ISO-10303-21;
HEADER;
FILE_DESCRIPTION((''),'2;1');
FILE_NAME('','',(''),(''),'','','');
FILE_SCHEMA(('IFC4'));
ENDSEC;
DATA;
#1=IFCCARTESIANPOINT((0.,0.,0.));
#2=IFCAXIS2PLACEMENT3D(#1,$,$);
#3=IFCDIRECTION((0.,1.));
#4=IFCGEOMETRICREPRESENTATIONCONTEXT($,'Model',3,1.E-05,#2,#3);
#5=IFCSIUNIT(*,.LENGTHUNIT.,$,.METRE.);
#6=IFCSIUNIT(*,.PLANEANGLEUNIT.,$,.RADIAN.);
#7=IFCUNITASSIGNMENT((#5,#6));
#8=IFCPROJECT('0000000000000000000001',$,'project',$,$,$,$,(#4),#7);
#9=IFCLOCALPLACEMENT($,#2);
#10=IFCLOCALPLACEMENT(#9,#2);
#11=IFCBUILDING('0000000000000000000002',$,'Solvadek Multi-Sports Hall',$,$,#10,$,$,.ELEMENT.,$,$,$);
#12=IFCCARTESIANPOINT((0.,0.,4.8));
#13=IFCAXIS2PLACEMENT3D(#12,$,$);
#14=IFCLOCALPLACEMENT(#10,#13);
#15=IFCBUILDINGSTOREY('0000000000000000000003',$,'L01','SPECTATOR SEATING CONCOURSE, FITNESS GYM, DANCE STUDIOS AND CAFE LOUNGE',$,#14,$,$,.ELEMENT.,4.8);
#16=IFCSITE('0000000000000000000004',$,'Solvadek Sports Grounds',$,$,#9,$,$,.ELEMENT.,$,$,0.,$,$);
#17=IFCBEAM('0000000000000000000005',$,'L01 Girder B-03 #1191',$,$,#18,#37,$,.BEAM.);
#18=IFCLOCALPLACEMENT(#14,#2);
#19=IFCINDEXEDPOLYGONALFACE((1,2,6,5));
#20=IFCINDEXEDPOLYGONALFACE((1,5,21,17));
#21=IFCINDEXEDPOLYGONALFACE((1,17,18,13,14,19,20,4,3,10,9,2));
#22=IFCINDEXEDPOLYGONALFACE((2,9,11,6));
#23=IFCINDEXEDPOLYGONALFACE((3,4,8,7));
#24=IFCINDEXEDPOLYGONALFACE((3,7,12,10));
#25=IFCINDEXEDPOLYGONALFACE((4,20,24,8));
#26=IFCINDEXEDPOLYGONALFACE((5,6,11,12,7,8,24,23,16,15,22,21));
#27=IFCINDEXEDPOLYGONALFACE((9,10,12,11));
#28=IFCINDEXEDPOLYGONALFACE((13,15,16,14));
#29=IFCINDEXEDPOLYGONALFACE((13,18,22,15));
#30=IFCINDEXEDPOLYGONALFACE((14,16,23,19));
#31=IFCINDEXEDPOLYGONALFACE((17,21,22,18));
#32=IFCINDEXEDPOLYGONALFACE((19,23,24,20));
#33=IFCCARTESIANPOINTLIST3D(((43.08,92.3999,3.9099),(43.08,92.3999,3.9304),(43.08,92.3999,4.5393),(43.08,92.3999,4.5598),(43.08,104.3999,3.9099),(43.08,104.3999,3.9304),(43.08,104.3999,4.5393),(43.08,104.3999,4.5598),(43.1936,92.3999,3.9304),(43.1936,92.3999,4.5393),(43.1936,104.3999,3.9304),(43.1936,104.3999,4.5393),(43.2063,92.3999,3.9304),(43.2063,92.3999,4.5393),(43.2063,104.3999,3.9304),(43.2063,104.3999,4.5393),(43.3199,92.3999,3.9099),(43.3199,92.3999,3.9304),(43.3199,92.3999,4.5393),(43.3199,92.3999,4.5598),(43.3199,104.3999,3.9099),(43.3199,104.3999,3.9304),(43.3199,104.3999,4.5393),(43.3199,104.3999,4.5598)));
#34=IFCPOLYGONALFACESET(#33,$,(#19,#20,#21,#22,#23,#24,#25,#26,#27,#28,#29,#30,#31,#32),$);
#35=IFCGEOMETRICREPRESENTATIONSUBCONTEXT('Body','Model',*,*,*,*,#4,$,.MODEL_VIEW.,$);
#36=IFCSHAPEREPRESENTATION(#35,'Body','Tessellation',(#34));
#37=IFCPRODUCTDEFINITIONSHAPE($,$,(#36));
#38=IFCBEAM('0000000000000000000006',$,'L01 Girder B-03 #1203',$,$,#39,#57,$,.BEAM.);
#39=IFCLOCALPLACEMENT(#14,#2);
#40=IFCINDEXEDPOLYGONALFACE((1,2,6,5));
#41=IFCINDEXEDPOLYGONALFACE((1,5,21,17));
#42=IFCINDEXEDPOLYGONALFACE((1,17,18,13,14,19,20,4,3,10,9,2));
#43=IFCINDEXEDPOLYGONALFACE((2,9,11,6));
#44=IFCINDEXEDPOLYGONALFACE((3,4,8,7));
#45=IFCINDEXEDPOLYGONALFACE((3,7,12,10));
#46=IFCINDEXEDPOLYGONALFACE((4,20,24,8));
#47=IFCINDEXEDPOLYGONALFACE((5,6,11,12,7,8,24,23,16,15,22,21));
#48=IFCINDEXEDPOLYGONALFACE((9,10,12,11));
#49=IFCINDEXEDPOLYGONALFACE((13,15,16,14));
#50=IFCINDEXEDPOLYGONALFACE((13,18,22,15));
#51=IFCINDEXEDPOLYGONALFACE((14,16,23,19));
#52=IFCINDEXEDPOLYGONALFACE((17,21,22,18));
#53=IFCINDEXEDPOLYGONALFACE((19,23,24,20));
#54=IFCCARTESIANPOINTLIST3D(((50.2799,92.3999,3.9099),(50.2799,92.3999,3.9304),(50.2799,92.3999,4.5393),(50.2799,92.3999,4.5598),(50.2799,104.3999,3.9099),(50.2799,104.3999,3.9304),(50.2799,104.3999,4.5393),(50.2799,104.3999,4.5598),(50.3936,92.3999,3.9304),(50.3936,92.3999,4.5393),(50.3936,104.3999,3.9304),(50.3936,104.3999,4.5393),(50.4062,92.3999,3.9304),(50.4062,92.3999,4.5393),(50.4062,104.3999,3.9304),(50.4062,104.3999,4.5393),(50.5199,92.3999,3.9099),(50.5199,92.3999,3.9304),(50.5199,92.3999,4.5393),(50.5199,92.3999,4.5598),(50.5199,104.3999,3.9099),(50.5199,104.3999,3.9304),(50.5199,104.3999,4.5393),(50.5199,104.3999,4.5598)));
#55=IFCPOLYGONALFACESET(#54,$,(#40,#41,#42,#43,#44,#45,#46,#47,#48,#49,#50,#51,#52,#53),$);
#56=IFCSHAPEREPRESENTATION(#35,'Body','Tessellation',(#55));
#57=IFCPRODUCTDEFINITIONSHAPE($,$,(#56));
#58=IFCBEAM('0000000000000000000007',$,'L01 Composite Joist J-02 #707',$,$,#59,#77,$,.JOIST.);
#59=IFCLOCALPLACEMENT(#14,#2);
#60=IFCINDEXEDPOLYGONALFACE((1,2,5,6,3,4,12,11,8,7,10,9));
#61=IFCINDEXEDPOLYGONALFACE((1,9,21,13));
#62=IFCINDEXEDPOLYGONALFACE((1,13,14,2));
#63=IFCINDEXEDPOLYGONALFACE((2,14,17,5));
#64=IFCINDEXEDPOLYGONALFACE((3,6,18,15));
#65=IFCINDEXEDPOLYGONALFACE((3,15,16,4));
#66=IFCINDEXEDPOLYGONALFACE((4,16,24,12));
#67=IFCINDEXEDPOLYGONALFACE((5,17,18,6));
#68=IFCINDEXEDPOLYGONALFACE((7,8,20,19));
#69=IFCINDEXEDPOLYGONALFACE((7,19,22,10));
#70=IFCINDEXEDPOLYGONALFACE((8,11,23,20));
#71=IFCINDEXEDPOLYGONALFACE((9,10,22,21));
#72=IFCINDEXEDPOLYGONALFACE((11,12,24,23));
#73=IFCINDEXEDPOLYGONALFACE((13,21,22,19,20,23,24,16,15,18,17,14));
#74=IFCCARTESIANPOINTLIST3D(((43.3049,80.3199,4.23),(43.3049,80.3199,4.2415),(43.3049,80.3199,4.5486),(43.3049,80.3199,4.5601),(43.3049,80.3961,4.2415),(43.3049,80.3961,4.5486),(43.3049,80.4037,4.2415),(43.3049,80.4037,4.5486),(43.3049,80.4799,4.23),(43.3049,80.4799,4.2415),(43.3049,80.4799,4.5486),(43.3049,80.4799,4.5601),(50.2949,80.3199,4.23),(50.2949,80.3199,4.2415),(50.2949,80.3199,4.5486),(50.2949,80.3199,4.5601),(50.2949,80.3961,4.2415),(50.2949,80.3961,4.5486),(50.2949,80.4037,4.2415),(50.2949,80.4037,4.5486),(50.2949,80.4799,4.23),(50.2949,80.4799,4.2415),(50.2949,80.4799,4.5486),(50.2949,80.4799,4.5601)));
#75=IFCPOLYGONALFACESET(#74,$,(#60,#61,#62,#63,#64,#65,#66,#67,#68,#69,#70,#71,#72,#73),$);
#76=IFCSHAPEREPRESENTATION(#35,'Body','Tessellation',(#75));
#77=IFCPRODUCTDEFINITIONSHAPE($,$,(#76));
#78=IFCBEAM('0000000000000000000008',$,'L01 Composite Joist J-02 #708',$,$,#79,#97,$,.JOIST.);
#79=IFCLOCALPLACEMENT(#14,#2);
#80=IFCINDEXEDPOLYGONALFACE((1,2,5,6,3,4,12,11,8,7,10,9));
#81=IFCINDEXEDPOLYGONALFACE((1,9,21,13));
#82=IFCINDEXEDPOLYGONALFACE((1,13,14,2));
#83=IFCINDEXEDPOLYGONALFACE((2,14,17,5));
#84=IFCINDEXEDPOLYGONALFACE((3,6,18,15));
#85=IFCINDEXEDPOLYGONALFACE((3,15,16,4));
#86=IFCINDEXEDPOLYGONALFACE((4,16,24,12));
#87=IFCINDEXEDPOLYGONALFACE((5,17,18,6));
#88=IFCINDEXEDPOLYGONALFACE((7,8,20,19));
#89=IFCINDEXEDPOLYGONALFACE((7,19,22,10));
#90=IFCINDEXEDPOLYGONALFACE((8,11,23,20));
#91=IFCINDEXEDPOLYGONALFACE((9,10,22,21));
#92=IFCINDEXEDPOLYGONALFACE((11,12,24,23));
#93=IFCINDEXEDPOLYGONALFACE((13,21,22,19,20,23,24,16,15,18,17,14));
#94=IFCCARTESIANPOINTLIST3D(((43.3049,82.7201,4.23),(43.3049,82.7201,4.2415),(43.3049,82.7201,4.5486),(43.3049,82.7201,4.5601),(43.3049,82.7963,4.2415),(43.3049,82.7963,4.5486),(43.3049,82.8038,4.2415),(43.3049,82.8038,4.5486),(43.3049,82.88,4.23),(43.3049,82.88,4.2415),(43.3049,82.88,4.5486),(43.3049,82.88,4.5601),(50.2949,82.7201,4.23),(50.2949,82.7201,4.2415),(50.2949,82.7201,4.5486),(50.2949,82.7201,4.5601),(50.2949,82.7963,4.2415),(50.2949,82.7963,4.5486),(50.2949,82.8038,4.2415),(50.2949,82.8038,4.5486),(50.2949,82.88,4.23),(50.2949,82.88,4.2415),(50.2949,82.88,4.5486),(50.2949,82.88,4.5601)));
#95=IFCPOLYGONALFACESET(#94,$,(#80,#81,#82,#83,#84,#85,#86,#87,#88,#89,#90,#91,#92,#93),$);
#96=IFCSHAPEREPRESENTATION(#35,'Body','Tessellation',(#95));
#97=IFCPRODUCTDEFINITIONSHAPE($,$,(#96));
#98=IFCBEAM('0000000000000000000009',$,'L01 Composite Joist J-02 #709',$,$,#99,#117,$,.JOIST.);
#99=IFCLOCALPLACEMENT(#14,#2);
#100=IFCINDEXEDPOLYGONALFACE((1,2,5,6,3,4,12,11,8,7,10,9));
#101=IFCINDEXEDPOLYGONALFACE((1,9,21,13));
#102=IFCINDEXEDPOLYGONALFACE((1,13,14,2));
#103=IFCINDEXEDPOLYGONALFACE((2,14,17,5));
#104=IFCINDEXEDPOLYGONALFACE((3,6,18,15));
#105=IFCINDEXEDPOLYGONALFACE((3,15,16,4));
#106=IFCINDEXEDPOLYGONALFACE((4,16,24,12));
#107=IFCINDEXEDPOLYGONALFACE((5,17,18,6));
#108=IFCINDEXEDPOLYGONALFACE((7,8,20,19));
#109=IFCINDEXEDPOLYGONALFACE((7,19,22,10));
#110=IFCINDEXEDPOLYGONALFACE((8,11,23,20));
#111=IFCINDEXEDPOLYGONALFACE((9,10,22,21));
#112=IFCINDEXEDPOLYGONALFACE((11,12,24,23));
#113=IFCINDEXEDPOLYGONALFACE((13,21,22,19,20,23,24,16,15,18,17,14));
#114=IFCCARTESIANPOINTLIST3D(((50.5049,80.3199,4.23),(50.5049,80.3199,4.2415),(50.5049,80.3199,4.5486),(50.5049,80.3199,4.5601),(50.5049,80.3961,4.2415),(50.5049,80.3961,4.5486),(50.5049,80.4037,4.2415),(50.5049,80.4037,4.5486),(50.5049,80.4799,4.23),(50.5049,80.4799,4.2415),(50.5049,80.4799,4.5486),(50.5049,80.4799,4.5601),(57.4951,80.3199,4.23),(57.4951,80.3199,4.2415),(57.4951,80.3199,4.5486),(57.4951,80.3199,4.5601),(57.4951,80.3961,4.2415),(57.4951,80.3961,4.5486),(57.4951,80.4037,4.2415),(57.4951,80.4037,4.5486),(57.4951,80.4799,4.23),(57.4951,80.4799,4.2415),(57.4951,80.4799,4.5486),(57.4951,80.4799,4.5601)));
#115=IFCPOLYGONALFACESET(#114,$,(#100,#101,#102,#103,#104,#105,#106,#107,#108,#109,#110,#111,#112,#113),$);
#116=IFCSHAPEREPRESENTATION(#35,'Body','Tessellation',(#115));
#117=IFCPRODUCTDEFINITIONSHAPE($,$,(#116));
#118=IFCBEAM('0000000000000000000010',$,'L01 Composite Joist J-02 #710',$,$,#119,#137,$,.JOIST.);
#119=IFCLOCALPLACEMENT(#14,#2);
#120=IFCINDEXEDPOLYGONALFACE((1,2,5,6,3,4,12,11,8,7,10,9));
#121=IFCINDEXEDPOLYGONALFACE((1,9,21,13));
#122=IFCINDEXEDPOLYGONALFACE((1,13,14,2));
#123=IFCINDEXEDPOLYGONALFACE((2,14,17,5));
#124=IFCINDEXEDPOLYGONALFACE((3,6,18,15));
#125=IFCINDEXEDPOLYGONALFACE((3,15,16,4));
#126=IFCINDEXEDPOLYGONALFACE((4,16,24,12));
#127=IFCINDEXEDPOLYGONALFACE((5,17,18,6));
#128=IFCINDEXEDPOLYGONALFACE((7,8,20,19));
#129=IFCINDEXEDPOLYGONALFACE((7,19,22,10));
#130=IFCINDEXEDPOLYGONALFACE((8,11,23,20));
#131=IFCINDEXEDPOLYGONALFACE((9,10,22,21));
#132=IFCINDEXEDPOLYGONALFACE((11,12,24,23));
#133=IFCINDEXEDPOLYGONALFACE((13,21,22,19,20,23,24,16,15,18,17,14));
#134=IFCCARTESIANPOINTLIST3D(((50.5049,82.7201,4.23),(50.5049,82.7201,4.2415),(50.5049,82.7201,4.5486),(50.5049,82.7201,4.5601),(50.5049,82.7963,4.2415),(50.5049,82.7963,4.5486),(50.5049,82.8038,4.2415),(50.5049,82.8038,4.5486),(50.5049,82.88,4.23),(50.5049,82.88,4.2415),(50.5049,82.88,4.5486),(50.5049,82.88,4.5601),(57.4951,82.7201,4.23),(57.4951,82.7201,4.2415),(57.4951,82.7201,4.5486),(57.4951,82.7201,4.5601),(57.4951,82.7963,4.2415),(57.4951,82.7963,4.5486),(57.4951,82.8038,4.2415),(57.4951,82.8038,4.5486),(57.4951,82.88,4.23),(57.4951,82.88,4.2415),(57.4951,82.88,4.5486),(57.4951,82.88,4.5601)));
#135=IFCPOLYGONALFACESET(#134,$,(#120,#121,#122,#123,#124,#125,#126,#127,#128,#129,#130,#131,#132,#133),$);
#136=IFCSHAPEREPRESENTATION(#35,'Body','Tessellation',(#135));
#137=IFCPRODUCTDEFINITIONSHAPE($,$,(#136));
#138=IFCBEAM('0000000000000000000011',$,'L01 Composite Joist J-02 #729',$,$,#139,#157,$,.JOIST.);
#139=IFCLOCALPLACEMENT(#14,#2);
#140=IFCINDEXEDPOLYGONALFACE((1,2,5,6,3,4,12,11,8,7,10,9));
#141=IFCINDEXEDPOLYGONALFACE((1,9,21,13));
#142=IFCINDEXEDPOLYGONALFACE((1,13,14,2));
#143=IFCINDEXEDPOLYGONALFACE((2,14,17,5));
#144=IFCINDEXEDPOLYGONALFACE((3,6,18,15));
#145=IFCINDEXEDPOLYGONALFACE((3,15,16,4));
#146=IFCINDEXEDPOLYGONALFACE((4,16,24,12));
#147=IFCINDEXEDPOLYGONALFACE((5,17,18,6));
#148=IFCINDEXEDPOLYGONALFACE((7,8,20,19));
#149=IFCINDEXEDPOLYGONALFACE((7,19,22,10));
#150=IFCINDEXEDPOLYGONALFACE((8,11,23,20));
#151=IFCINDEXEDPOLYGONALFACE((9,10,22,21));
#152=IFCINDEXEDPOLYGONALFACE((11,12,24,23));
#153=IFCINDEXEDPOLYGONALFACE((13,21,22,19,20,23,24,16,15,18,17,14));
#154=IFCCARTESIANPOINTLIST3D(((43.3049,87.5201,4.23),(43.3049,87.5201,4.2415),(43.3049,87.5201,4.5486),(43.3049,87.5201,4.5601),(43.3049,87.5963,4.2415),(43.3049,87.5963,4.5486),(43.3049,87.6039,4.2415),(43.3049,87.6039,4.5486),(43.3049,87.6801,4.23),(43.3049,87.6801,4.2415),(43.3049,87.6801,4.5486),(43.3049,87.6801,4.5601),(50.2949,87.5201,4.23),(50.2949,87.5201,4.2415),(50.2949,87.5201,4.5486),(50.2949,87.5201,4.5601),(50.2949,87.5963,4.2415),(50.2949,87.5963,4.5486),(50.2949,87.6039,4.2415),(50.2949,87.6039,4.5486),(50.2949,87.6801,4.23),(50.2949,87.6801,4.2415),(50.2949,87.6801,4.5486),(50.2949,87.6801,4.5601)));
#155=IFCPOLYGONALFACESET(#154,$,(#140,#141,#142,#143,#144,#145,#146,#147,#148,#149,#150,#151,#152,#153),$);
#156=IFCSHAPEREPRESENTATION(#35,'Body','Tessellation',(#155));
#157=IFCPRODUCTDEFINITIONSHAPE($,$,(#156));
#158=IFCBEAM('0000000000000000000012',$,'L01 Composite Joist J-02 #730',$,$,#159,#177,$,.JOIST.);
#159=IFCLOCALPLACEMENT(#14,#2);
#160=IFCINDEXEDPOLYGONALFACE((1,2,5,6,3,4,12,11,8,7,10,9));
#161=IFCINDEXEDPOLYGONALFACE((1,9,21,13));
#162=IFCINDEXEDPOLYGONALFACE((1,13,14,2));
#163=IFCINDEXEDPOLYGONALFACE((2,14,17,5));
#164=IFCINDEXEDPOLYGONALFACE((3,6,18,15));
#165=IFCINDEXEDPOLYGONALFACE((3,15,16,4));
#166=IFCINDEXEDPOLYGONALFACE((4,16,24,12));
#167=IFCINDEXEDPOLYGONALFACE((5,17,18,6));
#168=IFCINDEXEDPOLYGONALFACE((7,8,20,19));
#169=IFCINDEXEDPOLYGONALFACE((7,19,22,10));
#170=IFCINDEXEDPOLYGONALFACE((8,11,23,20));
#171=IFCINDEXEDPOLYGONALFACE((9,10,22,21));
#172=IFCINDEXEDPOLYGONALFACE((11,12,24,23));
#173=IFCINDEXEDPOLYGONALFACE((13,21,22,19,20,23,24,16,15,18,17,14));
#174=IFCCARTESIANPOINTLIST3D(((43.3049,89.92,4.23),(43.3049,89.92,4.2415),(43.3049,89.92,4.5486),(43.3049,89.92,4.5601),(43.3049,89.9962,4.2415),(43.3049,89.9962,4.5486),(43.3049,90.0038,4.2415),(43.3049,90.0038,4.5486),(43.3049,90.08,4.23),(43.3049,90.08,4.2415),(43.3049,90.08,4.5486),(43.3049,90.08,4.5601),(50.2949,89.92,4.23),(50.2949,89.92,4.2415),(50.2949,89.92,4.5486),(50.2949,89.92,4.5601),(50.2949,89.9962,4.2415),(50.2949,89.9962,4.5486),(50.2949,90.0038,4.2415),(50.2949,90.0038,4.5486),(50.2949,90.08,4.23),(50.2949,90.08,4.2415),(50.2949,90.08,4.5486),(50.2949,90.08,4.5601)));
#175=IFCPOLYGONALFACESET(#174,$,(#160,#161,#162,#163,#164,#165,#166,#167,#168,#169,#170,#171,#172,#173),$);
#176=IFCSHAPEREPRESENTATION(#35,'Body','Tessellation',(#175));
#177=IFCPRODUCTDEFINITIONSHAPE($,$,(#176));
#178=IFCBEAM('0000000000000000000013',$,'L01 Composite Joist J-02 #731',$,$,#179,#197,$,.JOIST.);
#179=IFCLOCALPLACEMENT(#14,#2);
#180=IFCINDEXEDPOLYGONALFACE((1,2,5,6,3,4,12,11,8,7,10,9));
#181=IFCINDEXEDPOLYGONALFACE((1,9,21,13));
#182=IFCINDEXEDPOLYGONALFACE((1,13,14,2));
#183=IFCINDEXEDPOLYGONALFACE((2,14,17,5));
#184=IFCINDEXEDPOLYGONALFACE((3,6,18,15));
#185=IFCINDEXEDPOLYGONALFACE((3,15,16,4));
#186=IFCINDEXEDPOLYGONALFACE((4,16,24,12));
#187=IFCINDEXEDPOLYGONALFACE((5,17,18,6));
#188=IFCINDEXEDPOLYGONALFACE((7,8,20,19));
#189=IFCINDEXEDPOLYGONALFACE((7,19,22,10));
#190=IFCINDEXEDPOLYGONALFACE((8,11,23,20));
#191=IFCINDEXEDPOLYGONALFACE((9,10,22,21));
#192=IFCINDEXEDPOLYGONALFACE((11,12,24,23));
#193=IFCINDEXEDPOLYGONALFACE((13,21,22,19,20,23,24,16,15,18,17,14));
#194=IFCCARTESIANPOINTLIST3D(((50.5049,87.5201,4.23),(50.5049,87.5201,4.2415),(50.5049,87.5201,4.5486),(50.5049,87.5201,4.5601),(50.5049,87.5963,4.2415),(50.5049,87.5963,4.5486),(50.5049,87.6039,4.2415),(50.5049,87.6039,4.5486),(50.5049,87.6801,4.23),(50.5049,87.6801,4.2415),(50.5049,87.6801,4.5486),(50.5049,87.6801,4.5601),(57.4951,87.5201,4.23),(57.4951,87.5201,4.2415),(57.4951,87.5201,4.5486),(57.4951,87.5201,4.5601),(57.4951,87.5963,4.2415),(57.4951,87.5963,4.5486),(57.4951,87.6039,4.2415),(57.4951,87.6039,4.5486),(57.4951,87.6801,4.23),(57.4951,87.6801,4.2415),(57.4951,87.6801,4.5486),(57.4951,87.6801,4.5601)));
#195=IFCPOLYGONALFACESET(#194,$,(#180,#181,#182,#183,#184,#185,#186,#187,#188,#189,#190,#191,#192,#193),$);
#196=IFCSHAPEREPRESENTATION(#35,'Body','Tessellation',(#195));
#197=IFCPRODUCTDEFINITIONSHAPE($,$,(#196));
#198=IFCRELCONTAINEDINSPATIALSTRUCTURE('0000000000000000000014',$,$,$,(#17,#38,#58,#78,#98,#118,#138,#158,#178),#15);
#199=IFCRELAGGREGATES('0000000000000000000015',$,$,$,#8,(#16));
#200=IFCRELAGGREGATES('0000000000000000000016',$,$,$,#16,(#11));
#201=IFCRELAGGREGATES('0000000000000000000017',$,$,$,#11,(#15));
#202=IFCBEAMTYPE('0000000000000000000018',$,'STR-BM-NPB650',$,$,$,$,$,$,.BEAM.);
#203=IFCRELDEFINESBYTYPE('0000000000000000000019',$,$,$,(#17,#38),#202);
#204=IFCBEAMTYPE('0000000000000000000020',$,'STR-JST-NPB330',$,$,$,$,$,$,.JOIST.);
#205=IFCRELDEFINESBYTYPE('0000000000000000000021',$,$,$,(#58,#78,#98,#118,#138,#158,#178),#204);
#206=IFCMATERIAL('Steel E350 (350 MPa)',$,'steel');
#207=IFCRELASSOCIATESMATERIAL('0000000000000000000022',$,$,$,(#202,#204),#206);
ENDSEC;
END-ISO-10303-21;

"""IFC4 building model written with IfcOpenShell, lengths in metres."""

from ifc_helpers import new_model, si_unit, direction, frame, origin, origin_2d, place, context, subcontext, project, spatial, i_section, extrude, material, material_profile, profile_set, type_object, element, save


model = new_model("IFC4")

# Units and contexts
model_context = context("Model", 3, precision=1e-05, world=origin(), true_north=direction((0.0, 1.0)))
body_context = subcontext(model_context, "Body", "Model", "MODEL_VIEW")
ifc_project = project(units=[si_unit("LENGTHUNIT", "METRE"), si_unit("PLANEANGLEUNIT", "RADIAN")], contexts=[model_context])

# Site, building, storey
site_placement = place(None, origin())
site = spatial("IfcSite", under=ifc_project, at=site_placement, Name="Solvadek Sports Grounds", CompositionType="ELEMENT", RefElevation=0.0)
building_placement = place(site_placement, origin())
building = spatial("IfcBuilding", under=site, at=building_placement, Name="Solvadek Multi-Sports Hall", CompositionType="ELEMENT")
storey_placement = place(building_placement, frame((0.0, 0.0, 4.8)))
storey = spatial("IfcBuildingStorey", under=building, at=storey_placement, Name="L01", Description="SPECTATOR SEATING CONCOURSE, FITNESS GYM, DANCE STUDIOS AND CAFE LOUNGE", CompositionType="ELEMENT", Elevation=4.8)

# Shared definitions
ifc_material_1 = material(Name="Steel E350 (350 MPa)", Category="steel")

# Beams
ifc_material_profile_1 = material_profile(ifc_material_1, i_section(OverallWidth=0.24, OverallDepth=0.6499, WebThickness=0.0127, FlangeThickness=0.0205, at=origin_2d()), Name="NPB 650")
ifc_profile_set_1 = profile_set([ifc_material_profile_1], Name="Steel E350 (350 MPa)")
beam_type_1 = type_object("IfcBeamType", Name="STR-BM-NPB650", PredefinedType="BEAM", material=ifc_profile_set_1)
for number, where, z_axis, x_axis, name in (
    (1, (43.2, 92.3999, 4.2349), (0.0, 1.0, 0.0), (-1.0, 0.0, 0.0), "L01 Girder B-03 #1191"),
    (2, (50.3999, 92.3999, 4.2349), (0.0, 1.0, 0.0), (-1.0, 0.0, 0.0), "L01 Girder B-03 #1203"),
):
    element("IfcBeam", number, at=place(storey_placement, frame(where, z_axis=z_axis, x_axis=x_axis)), inside=storey, type_object=beam_type_1, Name=name, PredefinedType="BEAM", context=body_context, shape_type="SweptSolid", body=[
        extrude(i_section(OverallWidth=0.24, OverallDepth=0.6499, WebThickness=0.0127, FlangeThickness=0.0205, at=origin_2d()), origin(), (0.0, 0.0, 1.0), 12.0),
    ])
ifc_material_profile_2 = material_profile(ifc_material_1, i_section(OverallWidth=0.1599, OverallDepth=0.3301, WebThickness=0.0076, FlangeThickness=0.0115, at=origin_2d()), Name="NPB 330")
ifc_profile_set_2 = profile_set([ifc_material_profile_2], Name="Steel E350 (350 MPa)")
beam_type_2 = type_object("IfcBeamType", Name="STR-JST-NPB330", PredefinedType="JOIST", material=ifc_profile_set_2)
for number, where, z_axis, x_axis, name in (
    (3, (43.3049, 80.3999, 4.395), (1.0, 0.0, 0.0), (0.0, 1.0, 0.0), "L01 Composite Joist J-02 #707"),
    (4, (43.3049, 82.8, 4.395), (1.0, 0.0, 0.0), (0.0, 1.0, 0.0), "L01 Composite Joist J-02 #708"),
):
    element("IfcBeam", number, at=place(storey_placement, frame(where, z_axis=z_axis, x_axis=x_axis)), inside=storey, type_object=beam_type_2, Name=name, PredefinedType="JOIST", context=body_context, shape_type="SweptSolid", body=[
        extrude(i_section(OverallWidth=0.1599, OverallDepth=0.3301, WebThickness=0.0076, FlangeThickness=0.0115, at=origin_2d()), origin(), (0.0, 0.0, 1.0), 6.99),
    ])
for number, where, z_axis, x_axis, name in (
    (5, (50.5049, 80.3999, 4.395), (1.0, 0.0, 0.0), (0.0, 1.0, 0.0), "L01 Composite Joist J-02 #709"),
    (6, (50.5049, 82.8, 4.395), (1.0, 0.0, 0.0), (0.0, 1.0, 0.0), "L01 Composite Joist J-02 #710"),
):
    element("IfcBeam", number, at=place(storey_placement, frame(where, z_axis=z_axis, x_axis=x_axis)), inside=storey, type_object=beam_type_2, Name=name, PredefinedType="JOIST", context=body_context, shape_type="SweptSolid", body=[
        extrude(i_section(OverallWidth=0.1599, OverallDepth=0.3301, WebThickness=0.0076, FlangeThickness=0.0115, at=origin_2d()), origin(), (0.0, 0.0, 1.0), 6.9902),
    ])
for number, where, z_axis, x_axis, name in (
    (7, (43.3049, 87.6001, 4.395), (1.0, 0.0, 0.0), (0.0, 1.0, 0.0), "L01 Composite Joist J-02 #729"),
    (8, (43.3049, 90.0, 4.395), (1.0, 0.0, 0.0), (0.0, 1.0, 0.0), "L01 Composite Joist J-02 #730"),
):
    element("IfcBeam", number, at=place(storey_placement, frame(where, z_axis=z_axis, x_axis=x_axis)), inside=storey, type_object=beam_type_2, Name=name, PredefinedType="JOIST", context=body_context, shape_type="SweptSolid", body=[
        extrude(i_section(OverallWidth=0.1599, OverallDepth=0.3301, WebThickness=0.0076, FlangeThickness=0.0115, at=origin_2d()), origin(), (0.0, 0.0, 1.0), 6.99),
    ])
for number, where, z_axis, x_axis, name in (
    (9, (50.5049, 87.6001, 4.395), (1.0, 0.0, 0.0), (0.0, 1.0, 0.0), "L01 Composite Joist J-02 #731"),
):
    element("IfcBeam", number, at=place(storey_placement, frame(where, z_axis=z_axis, x_axis=x_axis)), inside=storey, type_object=beam_type_2, Name=name, PredefinedType="JOIST", context=body_context, shape_type="SweptSolid", body=[
        extrude(i_section(OverallWidth=0.1599, OverallDepth=0.3301, WebThickness=0.0076, FlangeThickness=0.0115, at=origin_2d()), origin(), (0.0, 0.0, 1.0), 6.9902),
    ])

save(model, "model.ifc")
